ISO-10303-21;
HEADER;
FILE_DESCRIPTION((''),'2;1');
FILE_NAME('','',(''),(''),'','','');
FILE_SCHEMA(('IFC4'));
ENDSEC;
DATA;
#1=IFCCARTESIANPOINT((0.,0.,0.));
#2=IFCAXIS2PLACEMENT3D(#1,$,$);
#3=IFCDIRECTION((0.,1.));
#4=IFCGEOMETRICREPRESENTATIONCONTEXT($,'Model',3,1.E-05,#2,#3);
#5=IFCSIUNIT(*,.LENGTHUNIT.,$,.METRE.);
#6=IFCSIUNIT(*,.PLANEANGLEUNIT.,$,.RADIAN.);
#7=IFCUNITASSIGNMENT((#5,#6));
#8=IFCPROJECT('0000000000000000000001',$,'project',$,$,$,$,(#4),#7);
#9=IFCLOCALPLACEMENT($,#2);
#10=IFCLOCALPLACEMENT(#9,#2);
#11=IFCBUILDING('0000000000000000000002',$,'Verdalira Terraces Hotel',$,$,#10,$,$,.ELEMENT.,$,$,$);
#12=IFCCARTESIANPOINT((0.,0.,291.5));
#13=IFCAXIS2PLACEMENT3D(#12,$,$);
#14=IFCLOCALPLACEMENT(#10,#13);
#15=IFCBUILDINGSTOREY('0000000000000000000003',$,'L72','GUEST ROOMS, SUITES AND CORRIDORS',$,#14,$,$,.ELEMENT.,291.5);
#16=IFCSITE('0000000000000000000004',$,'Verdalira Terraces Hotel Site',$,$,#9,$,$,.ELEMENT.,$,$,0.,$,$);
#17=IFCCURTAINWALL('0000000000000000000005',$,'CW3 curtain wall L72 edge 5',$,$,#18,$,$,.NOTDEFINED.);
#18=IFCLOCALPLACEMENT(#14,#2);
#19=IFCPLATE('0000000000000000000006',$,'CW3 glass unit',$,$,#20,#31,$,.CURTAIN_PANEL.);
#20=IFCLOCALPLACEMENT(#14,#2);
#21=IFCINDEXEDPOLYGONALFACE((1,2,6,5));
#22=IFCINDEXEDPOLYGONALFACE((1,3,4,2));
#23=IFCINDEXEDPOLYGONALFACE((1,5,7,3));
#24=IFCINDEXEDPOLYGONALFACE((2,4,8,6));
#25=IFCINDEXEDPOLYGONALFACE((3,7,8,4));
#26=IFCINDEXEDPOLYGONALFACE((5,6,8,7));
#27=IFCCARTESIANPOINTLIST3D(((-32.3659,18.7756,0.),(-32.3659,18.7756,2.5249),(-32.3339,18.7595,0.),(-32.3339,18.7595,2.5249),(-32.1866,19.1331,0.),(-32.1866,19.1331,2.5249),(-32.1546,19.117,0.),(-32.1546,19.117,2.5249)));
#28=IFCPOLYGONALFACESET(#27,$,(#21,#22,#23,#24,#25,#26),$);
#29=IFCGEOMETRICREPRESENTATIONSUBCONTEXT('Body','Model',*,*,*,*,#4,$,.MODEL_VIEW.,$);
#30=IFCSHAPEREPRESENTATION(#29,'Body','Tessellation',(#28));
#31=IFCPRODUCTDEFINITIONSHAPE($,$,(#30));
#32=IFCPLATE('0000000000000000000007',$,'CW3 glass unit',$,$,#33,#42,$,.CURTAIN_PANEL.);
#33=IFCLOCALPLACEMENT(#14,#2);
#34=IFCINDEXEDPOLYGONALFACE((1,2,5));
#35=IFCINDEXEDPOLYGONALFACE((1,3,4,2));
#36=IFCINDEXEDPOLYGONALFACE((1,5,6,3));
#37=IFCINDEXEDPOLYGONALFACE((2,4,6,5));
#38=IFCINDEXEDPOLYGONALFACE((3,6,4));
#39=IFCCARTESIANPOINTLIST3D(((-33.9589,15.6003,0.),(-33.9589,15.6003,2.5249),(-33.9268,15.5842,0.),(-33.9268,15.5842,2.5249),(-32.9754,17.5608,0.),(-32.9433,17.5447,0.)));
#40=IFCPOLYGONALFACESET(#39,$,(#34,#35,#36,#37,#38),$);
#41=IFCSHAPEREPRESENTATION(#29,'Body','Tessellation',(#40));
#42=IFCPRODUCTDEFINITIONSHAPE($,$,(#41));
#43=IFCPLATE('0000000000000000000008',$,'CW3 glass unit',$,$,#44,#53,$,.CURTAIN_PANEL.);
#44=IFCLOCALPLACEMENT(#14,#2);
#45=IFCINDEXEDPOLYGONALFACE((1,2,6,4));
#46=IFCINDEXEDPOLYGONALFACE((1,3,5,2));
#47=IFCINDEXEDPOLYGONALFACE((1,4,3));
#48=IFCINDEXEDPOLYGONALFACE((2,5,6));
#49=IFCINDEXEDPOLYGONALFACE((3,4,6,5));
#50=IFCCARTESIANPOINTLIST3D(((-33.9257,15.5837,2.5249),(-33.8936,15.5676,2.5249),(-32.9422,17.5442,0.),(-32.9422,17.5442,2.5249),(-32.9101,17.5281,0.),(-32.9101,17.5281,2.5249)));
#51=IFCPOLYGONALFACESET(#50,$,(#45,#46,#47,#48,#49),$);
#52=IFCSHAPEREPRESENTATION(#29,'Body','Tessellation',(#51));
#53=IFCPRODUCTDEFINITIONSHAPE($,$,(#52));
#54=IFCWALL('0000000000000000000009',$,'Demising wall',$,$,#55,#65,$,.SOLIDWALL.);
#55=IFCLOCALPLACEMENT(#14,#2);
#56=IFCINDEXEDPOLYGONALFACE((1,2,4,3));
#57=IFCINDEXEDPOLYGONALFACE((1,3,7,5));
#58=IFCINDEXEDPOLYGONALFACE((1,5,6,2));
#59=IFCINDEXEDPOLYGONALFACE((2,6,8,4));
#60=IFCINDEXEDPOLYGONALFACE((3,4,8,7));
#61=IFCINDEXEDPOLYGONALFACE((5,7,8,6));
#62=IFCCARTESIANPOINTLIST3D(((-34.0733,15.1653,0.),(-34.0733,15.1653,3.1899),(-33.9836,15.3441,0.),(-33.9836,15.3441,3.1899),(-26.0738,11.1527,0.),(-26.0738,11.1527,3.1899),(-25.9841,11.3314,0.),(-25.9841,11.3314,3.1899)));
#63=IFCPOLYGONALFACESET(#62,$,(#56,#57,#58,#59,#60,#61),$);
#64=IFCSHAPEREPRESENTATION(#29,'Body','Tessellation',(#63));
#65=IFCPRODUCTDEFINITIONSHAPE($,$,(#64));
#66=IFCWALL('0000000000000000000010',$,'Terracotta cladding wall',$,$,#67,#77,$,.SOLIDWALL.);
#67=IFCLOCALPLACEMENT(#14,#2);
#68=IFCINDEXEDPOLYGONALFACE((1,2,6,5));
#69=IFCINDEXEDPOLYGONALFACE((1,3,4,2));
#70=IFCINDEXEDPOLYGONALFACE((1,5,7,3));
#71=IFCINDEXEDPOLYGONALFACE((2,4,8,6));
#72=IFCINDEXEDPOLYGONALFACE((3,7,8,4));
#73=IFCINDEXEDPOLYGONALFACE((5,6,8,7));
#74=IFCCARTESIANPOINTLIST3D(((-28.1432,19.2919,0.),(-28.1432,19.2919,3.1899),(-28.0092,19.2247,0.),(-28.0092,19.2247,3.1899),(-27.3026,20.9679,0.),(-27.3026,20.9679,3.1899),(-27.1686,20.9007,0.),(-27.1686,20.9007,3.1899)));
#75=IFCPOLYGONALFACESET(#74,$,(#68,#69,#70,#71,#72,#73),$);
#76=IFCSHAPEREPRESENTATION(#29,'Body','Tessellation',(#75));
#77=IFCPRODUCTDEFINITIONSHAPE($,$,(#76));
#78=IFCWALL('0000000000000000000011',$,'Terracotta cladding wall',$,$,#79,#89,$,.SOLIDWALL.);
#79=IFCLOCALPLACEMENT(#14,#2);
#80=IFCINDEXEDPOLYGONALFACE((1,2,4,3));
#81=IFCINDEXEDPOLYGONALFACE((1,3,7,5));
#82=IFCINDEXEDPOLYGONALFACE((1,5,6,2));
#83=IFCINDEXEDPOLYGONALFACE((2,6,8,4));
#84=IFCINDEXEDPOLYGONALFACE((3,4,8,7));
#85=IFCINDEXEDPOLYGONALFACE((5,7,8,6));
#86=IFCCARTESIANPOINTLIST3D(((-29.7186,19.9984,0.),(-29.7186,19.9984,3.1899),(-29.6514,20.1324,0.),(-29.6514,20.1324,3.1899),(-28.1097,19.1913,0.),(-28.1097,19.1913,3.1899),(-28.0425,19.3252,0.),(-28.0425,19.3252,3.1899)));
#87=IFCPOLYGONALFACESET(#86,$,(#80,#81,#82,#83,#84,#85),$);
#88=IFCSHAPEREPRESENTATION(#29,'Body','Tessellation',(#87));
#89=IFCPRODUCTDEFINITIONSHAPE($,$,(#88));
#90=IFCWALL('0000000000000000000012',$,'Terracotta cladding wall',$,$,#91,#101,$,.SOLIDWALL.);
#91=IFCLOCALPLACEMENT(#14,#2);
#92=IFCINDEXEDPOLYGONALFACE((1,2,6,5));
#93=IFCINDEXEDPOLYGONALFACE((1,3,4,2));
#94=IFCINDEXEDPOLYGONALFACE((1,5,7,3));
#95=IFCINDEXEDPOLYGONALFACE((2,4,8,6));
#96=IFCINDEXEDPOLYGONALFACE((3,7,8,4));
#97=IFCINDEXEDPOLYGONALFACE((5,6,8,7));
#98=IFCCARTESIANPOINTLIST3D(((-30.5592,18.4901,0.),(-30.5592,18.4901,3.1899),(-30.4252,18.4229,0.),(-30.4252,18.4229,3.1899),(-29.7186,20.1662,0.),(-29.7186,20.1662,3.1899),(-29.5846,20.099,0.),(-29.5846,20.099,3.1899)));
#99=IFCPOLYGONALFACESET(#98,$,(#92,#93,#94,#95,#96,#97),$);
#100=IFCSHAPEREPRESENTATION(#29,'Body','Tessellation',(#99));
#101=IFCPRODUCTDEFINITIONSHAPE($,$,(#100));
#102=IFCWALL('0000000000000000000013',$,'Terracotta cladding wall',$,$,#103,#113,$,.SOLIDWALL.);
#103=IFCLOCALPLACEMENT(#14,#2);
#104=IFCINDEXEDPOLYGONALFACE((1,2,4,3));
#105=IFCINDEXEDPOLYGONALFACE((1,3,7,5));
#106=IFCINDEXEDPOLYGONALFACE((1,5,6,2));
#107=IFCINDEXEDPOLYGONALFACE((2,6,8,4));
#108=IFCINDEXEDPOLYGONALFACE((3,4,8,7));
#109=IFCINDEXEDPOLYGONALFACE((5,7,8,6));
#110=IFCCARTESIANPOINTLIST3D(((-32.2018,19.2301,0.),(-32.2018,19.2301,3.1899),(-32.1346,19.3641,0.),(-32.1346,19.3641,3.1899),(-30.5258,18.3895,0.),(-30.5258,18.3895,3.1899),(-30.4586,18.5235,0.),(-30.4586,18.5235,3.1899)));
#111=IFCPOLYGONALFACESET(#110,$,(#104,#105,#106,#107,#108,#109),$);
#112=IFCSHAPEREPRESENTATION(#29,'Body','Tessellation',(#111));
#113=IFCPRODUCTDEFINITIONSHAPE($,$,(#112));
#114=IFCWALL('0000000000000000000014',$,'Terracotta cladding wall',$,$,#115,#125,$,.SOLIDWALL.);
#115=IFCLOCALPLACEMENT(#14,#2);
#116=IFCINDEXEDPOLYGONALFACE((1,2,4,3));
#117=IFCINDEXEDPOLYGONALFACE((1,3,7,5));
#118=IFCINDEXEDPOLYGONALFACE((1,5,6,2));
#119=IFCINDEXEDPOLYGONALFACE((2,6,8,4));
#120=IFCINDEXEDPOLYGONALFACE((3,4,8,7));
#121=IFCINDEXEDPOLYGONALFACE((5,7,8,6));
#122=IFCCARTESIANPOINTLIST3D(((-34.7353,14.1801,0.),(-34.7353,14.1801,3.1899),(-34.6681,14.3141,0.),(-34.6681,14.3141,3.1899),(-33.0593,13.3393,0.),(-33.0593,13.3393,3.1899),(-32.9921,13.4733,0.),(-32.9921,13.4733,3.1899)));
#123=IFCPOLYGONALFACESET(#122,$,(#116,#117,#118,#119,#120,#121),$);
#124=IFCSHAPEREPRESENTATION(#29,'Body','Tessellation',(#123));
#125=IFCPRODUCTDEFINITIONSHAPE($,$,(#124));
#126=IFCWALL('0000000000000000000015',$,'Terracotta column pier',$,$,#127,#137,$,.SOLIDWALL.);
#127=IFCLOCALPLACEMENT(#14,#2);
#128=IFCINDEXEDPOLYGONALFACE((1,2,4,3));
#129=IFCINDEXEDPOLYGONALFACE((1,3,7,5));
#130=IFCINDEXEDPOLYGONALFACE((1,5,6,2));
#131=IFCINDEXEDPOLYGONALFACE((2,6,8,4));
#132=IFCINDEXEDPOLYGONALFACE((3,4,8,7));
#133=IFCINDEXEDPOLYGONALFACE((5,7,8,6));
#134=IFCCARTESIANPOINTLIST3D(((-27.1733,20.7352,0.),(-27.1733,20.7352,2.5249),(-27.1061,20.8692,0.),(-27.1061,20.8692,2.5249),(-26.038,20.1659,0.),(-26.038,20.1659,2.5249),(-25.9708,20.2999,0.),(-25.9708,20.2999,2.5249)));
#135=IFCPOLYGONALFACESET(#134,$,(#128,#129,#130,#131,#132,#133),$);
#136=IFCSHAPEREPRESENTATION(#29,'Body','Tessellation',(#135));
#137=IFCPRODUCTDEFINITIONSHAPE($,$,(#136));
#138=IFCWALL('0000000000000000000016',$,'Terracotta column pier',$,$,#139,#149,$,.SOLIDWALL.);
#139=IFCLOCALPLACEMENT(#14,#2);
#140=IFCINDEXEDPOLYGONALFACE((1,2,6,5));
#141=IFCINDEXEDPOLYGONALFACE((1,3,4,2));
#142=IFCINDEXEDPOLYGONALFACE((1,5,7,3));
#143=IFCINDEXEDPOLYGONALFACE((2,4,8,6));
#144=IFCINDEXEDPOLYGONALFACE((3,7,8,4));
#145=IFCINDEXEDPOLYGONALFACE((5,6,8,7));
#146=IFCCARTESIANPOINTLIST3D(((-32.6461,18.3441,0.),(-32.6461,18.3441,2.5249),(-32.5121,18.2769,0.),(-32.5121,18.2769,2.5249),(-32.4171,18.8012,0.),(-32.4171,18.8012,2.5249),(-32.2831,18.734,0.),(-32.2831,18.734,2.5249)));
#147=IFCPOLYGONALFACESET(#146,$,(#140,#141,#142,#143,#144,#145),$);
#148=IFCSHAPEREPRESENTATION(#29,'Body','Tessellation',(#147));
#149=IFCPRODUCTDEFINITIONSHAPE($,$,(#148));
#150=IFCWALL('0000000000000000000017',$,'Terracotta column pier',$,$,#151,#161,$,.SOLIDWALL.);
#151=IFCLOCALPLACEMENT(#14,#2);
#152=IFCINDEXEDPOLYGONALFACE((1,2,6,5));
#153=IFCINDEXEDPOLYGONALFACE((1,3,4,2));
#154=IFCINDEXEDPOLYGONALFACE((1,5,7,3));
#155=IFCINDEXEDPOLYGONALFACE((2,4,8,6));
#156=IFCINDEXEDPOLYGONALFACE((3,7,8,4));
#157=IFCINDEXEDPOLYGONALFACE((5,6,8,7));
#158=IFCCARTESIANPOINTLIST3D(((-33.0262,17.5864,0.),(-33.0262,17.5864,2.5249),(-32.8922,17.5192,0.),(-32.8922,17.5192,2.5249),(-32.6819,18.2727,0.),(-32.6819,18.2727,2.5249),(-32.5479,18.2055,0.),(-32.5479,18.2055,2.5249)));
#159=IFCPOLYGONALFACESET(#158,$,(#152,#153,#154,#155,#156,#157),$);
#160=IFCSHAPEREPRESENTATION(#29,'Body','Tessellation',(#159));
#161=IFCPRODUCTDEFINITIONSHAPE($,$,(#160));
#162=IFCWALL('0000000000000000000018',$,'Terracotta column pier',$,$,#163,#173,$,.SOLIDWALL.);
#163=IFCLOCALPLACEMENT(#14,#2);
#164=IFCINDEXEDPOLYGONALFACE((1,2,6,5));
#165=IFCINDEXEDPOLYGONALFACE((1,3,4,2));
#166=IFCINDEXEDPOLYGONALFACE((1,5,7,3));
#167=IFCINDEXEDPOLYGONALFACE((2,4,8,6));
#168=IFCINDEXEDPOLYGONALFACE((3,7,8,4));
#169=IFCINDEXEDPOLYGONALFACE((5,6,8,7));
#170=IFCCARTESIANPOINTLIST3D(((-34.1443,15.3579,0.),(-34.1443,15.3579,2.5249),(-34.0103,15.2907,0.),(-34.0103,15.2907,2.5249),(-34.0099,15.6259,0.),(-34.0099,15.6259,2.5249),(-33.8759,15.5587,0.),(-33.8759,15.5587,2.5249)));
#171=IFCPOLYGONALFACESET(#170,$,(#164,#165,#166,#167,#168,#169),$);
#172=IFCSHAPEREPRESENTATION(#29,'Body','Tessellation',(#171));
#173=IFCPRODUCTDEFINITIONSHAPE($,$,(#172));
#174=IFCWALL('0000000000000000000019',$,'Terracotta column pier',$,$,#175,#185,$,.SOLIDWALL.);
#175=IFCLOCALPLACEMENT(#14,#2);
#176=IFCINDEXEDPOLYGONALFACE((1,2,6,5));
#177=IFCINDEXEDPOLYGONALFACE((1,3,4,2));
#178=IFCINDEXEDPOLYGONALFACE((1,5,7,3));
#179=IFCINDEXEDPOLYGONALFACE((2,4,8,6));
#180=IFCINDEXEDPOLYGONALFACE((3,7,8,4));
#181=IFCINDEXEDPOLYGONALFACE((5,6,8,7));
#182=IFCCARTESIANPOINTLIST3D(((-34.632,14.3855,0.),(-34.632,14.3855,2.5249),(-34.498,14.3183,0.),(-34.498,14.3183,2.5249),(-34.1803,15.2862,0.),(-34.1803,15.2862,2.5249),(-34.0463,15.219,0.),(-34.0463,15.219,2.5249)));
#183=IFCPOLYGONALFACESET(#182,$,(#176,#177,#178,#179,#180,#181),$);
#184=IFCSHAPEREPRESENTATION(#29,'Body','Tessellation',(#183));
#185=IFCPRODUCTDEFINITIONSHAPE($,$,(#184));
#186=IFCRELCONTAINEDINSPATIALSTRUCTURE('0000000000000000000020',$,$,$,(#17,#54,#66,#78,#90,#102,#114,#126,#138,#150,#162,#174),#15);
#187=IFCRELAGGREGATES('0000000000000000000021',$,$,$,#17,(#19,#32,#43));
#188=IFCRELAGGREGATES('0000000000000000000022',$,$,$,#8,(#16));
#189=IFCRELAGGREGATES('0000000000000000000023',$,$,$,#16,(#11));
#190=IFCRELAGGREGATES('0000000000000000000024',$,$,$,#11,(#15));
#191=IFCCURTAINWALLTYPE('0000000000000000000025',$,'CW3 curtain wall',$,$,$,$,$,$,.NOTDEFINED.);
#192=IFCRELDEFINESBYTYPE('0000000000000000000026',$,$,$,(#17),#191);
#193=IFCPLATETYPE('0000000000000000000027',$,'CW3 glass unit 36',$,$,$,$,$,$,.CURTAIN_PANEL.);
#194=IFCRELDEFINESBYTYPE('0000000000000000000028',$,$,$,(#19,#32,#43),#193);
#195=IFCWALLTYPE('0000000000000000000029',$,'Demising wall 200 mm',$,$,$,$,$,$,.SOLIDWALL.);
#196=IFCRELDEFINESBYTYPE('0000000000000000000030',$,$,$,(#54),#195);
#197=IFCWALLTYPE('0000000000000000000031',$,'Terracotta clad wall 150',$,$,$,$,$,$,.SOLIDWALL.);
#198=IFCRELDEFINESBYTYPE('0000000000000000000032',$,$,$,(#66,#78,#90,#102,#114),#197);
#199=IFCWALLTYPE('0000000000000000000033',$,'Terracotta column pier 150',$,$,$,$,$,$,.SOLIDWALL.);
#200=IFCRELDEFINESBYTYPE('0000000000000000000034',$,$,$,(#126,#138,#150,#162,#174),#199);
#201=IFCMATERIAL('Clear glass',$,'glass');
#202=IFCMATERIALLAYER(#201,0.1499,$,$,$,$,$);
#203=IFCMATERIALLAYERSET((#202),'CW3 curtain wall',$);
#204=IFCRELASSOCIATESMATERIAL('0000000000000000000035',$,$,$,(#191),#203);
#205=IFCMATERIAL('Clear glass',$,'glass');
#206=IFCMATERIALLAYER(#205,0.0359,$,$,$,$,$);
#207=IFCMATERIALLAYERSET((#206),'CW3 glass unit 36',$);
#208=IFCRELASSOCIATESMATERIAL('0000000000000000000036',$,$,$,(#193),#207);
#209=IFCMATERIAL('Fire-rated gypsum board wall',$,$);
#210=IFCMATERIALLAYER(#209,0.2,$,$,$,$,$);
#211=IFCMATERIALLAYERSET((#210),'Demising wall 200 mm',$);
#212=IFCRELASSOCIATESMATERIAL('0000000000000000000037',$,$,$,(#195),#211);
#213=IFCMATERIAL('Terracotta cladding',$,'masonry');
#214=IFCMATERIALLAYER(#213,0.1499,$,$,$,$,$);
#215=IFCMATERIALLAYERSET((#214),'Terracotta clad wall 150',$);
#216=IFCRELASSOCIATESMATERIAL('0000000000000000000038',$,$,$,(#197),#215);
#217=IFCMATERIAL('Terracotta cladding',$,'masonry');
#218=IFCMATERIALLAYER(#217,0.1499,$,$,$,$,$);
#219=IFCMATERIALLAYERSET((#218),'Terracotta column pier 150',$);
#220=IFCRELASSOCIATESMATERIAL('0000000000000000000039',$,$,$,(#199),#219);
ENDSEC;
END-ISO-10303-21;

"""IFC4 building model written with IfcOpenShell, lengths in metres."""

from ifc_helpers import new_model, si_unit, direction, frame, frame_2d, origin, origin_2d, place, context, subcontext, project, spatial, polyline, rectangle, outline, extrude, material, layer, layer_set, type_object, element, aggregate, save


model = new_model("IFC4")

# Units and contexts
model_context = context("Model", 3, precision=1e-05, world=origin(), true_north=direction((0.0, 1.0)))
body_context = subcontext(model_context, "Body", "Model", "MODEL_VIEW")
ifc_project = project(units=[si_unit("LENGTHUNIT", "METRE"), si_unit("PLANEANGLEUNIT", "RADIAN")], contexts=[model_context])

# Site, building, storey
site_placement = place(None, origin())
site = spatial("IfcSite", under=ifc_project, at=site_placement, Name="Verdalira Terraces Hotel Site", CompositionType="ELEMENT", RefElevation=0.0)
building_placement = place(site_placement, origin())
building = spatial("IfcBuilding", under=site, at=building_placement, Name="Verdalira Terraces Hotel", CompositionType="ELEMENT")
storey_placement = place(building_placement, frame((0.0, 0.0, 291.5)))
storey = spatial("IfcBuildingStorey", under=building, at=storey_placement, Name="L72", Description="GUEST ROOMS, SUITES AND CORRIDORS", CompositionType="ELEMENT", Elevation=291.5)

# Curtain wall
ifc_material_1 = material(Name="Clear glass", Category="glass")
ifc_layer_1 = layer(ifc_material_1, 0.1499)
ifc_layer_set_1 = layer_set([ifc_layer_1], Name="CW3 curtain wall")
curtain_wall_type_1 = type_object("IfcCurtainWallType", Name="CW3 curtain wall", PredefinedType="NOTDEFINED", material=ifc_layer_set_1)
curtain_wall_1_placement = place(storey_placement, origin())
curtain_wall_1 = element("IfcCurtainWall", 1, at=curtain_wall_1_placement, inside=storey, type_object=curtain_wall_type_1, Name="CW3 curtain wall L72 edge 5", PredefinedType="NOTDEFINED")

# Plates
ifc_material_2 = material(Name="Clear glass", Category="glass")
ifc_layer_2 = layer(ifc_material_2, 0.0359)
ifc_layer_set_2 = layer_set([ifc_layer_2], Name="CW3 glass unit 36")
plate_type_1 = type_object("IfcPlateType", Name="CW3 glass unit 36", PredefinedType="CURTAIN_PANEL", material=ifc_layer_set_2)
plate_1_placement = place(storey_placement, frame((-32.2603, 18.9463, 0.0), z_axis=(0.0, 0.0, 1.0), x_axis=(-0.448383, -0.893841, 0.0)))
plate_1 = element("IfcPlate", 2, at=plate_1_placement, type_object=plate_type_1, Name="CW3 glass unit", PredefinedType="CURTAIN_PANEL", context=body_context, shape_type="SweptSolid", body=[
    extrude(rectangle(XDim=0.3999, YDim=0.0359, at=origin_2d()), origin(), (0.0, 0.0, 1.0), 2.5249),
])
plate_2_placement = place(storey_placement, frame((-33.4351, 16.5645, 1.2625), z_axis=(-0.893841, 0.448383, 0.0), x_axis=(-0.448383, -0.893841, 0.0)))
plate_2 = element("IfcPlate", 3, at=plate_2_placement, type_object=plate_type_1, Name="CW3 glass unit", PredefinedType="CURTAIN_PANEL", context=body_context, shape_type="SweptSolid", body=[
    extrude(outline(polyline([(-1.0967, -1.2625), (1.0967, -1.2625), (1.0967, 1.2625), (-1.0967, -1.2625)])), origin(), (0.0, 0.0, 1.0), 0.0359),
])
plate_3_placement = place(storey_placement, frame((-33.4019, 16.5479, 1.2625), z_axis=(-0.893841, 0.448383, 0.0), x_axis=(-0.448383, -0.893841, 0.0)))
plate_3 = element("IfcPlate", 4, at=plate_3_placement, type_object=plate_type_1, Name="CW3 glass unit", PredefinedType="CURTAIN_PANEL", context=body_context, shape_type="SweptSolid", body=[
    extrude(outline(polyline([(-1.0967, -1.2625), (1.0967, 1.2625), (-1.0967, 1.2625), (-1.0967, -1.2625)])), origin(), (0.0, 0.0, 1.0), 0.0359),
])
aggregate(curtain_wall_1, [plate_1, plate_2, plate_3])

# Walls
ifc_material_3 = material(Name="Fire-rated gypsum board wall")
ifc_layer_3 = layer(ifc_material_3, 0.2)
ifc_layer_set_3 = layer_set([ifc_layer_3], Name="Demising wall 200 mm")
wall_type_1 = type_object("IfcWallType", Name="Demising wall 200 mm", PredefinedType="SOLIDWALL", material=ifc_layer_set_3)
wall_1_placement = place(storey_placement, frame((-34.0283, 15.2546, 0.0), z_axis=(0.0, 0.0, 1.0), x_axis=(0.893848, -0.44837, 0.0)))
element("IfcWall", 5, at=wall_1_placement, inside=storey, type_object=wall_type_1, Name="Demising wall", PredefinedType="SOLIDWALL", context=body_context, shape_type="SweptSolid", body=[
    extrude(rectangle(XDim=8.9495, YDim=0.2, at=frame_2d((4.4746, 0.0))), origin(), (0.0, 0.0, 1.0), 3.1899),
])
ifc_material_4 = material(Name="Terracotta cladding", Category="masonry")
ifc_layer_4 = layer(ifc_material_4, 0.1499)
ifc_layer_set_4 = layer_set([ifc_layer_4], Name="Terracotta clad wall 150")
wall_type_2 = type_object("IfcWallType", Name="Terracotta clad wall 150", PredefinedType="SOLIDWALL", material=ifc_layer_set_4)
wall_2_placement = place(storey_placement, frame((-27.2356, 20.9343, 0.0), z_axis=(0.0, 0.0, 1.0), x_axis=(-0.448307, -0.89388, 0.0)))
element("IfcWall", 6, at=wall_2_placement, inside=storey, type_object=wall_type_2, Name="Terracotta cladding wall", PredefinedType="SOLIDWALL", context=body_context, shape_type="SweptSolid", body=[
    extrude(rectangle(XDim=1.875, YDim=0.1499, at=frame_2d((0.9375, 0.0))), origin(), (0.0, 0.0, 1.0), 3.1899),
])
wall_3_placement = place(storey_placement, frame((-28.0762, 19.2583, 0.0), z_axis=(0.0, 0.0, 1.0), x_axis=(-0.89383, 0.448407, 0.0)))
element("IfcWall", 7, at=wall_3_placement, inside=storey, type_object=wall_type_2, Name="Terracotta cladding wall", PredefinedType="SOLIDWALL", context=body_context, shape_type="SweptSolid", body=[
    extrude(rectangle(XDim=1.8, YDim=0.1499, at=frame_2d((0.8999, 0.0))), origin(), (0.0, 0.0, 1.0), 3.1899),
])
for number, where, z_axis, x_axis, name in (
    (8, (-29.6516, 20.1326, 0.0), (0.0, 0.0, 1.0), (-0.448307, -0.89388, 0.0), "Terracotta cladding wall"),
    (9, (-30.4922, 18.4565, 0.0), (0.0, 0.0, 1.0), (-0.89388, 0.448307, 0.0), "Terracotta cladding wall"),
    (10, (-34.7017, 14.2471, 0.0), (0.0, 0.0, 1.0), (0.893827, -0.448411, 0.0), "Terracotta cladding wall"),
):
    element("IfcWall", number, at=place(storey_placement, frame(where, z_axis=z_axis, x_axis=x_axis)), inside=storey, type_object=wall_type_2, Name=name, PredefinedType="SOLIDWALL", context=body_context, shape_type="SweptSolid", body=[
        extrude(rectangle(XDim=1.875, YDim=0.1499, at=frame_2d((0.9375, 0.0))), origin(), (0.0, 0.0, 1.0), 3.1899),
    ])
ifc_material_5 = material(Name="Terracotta cladding", Category="masonry")
ifc_layer_5 = layer(ifc_material_5, 0.1499)
ifc_layer_set_5 = layer_set([ifc_layer_5], Name="Terracotta column pier 150")
wall_type_3 = type_object("IfcWallType", Name="Terracotta column pier 150", PredefinedType="SOLIDWALL", material=ifc_layer_set_5)
wall_4_placement = place(storey_placement, frame((-26.0044, 20.2329, 0.0), z_axis=(0.0, 0.0, 1.0), x_axis=(-0.893888, 0.44829, 0.0)))
element("IfcWall", 11, at=wall_4_placement, inside=storey, type_object=wall_type_3, Name="Terracotta column pier", PredefinedType="SOLIDWALL", context=body_context, shape_type="SweptSolid", body=[
    extrude(rectangle(XDim=1.27, YDim=0.1499, at=frame_2d((0.635, 0.0))), origin(), (0.0, 0.0, 1.0), 2.5249),
])
wall_5_placement = place(storey_placement, frame((-32.3501, 18.7676, 0.0), z_axis=(0.0, 0.0, 1.0), x_axis=(-0.447978, -0.894045, 0.0)))
element("IfcWall", 12, at=wall_5_placement, inside=storey, type_object=wall_type_3, Name="Terracotta column pier", PredefinedType="SOLIDWALL", context=body_context, shape_type="SweptSolid", body=[
    extrude(rectangle(XDim=0.5112, YDim=0.1499, at=frame_2d((0.2556, 0.0))), origin(), (0.0, 0.0, 1.0), 2.5249),
])
wall_6_placement = place(storey_placement, frame((-32.615, 18.239, 0.0), z_axis=(0.0, 0.0, 1.0), x_axis=(-0.448358, -0.893854, 0.0)))
element("IfcWall", 13, at=wall_6_placement, inside=storey, type_object=wall_type_3, Name="Terracotta column pier", PredefinedType="SOLIDWALL", context=body_context, shape_type="SweptSolid", body=[
    extrude(rectangle(XDim=0.7678, YDim=0.1499, at=frame_2d((0.3838, 0.0))), origin(), (0.0, 0.0, 1.0), 2.5249),
])
wall_7_placement = place(storey_placement, frame((-33.9429, 15.5923, 0.0), z_axis=(0.0, 0.0, 1.0), x_axis=(-0.448516, -0.893775, 0.0)))
element("IfcWall", 14, at=wall_7_placement, inside=storey, type_object=wall_type_3, Name="Terracotta column pier", PredefinedType="SOLIDWALL", context=body_context, shape_type="SweptSolid", body=[
    extrude(rectangle(XDim=0.2998, YDim=0.1499, at=frame_2d((0.1499, 0.0))), origin(), (0.0, 0.0, 1.0), 2.5249),
])
wall_8_placement = place(storey_placement, frame((-34.1133, 15.2527, 0.0), z_axis=(0.0, 0.0, 1.0), x_axis=(-0.448279, -0.893893, 0.0)))
element("IfcWall", 15, at=wall_8_placement, inside=storey, type_object=wall_type_3, Name="Terracotta column pier", PredefinedType="SOLIDWALL", context=body_context, shape_type="SweptSolid", body=[
    extrude(rectangle(XDim=1.0076, YDim=0.1499, at=frame_2d((0.5039, 0.0))), origin(), (0.0, 0.0, 1.0), 2.5249),
])

save(model, "model.ifc")
